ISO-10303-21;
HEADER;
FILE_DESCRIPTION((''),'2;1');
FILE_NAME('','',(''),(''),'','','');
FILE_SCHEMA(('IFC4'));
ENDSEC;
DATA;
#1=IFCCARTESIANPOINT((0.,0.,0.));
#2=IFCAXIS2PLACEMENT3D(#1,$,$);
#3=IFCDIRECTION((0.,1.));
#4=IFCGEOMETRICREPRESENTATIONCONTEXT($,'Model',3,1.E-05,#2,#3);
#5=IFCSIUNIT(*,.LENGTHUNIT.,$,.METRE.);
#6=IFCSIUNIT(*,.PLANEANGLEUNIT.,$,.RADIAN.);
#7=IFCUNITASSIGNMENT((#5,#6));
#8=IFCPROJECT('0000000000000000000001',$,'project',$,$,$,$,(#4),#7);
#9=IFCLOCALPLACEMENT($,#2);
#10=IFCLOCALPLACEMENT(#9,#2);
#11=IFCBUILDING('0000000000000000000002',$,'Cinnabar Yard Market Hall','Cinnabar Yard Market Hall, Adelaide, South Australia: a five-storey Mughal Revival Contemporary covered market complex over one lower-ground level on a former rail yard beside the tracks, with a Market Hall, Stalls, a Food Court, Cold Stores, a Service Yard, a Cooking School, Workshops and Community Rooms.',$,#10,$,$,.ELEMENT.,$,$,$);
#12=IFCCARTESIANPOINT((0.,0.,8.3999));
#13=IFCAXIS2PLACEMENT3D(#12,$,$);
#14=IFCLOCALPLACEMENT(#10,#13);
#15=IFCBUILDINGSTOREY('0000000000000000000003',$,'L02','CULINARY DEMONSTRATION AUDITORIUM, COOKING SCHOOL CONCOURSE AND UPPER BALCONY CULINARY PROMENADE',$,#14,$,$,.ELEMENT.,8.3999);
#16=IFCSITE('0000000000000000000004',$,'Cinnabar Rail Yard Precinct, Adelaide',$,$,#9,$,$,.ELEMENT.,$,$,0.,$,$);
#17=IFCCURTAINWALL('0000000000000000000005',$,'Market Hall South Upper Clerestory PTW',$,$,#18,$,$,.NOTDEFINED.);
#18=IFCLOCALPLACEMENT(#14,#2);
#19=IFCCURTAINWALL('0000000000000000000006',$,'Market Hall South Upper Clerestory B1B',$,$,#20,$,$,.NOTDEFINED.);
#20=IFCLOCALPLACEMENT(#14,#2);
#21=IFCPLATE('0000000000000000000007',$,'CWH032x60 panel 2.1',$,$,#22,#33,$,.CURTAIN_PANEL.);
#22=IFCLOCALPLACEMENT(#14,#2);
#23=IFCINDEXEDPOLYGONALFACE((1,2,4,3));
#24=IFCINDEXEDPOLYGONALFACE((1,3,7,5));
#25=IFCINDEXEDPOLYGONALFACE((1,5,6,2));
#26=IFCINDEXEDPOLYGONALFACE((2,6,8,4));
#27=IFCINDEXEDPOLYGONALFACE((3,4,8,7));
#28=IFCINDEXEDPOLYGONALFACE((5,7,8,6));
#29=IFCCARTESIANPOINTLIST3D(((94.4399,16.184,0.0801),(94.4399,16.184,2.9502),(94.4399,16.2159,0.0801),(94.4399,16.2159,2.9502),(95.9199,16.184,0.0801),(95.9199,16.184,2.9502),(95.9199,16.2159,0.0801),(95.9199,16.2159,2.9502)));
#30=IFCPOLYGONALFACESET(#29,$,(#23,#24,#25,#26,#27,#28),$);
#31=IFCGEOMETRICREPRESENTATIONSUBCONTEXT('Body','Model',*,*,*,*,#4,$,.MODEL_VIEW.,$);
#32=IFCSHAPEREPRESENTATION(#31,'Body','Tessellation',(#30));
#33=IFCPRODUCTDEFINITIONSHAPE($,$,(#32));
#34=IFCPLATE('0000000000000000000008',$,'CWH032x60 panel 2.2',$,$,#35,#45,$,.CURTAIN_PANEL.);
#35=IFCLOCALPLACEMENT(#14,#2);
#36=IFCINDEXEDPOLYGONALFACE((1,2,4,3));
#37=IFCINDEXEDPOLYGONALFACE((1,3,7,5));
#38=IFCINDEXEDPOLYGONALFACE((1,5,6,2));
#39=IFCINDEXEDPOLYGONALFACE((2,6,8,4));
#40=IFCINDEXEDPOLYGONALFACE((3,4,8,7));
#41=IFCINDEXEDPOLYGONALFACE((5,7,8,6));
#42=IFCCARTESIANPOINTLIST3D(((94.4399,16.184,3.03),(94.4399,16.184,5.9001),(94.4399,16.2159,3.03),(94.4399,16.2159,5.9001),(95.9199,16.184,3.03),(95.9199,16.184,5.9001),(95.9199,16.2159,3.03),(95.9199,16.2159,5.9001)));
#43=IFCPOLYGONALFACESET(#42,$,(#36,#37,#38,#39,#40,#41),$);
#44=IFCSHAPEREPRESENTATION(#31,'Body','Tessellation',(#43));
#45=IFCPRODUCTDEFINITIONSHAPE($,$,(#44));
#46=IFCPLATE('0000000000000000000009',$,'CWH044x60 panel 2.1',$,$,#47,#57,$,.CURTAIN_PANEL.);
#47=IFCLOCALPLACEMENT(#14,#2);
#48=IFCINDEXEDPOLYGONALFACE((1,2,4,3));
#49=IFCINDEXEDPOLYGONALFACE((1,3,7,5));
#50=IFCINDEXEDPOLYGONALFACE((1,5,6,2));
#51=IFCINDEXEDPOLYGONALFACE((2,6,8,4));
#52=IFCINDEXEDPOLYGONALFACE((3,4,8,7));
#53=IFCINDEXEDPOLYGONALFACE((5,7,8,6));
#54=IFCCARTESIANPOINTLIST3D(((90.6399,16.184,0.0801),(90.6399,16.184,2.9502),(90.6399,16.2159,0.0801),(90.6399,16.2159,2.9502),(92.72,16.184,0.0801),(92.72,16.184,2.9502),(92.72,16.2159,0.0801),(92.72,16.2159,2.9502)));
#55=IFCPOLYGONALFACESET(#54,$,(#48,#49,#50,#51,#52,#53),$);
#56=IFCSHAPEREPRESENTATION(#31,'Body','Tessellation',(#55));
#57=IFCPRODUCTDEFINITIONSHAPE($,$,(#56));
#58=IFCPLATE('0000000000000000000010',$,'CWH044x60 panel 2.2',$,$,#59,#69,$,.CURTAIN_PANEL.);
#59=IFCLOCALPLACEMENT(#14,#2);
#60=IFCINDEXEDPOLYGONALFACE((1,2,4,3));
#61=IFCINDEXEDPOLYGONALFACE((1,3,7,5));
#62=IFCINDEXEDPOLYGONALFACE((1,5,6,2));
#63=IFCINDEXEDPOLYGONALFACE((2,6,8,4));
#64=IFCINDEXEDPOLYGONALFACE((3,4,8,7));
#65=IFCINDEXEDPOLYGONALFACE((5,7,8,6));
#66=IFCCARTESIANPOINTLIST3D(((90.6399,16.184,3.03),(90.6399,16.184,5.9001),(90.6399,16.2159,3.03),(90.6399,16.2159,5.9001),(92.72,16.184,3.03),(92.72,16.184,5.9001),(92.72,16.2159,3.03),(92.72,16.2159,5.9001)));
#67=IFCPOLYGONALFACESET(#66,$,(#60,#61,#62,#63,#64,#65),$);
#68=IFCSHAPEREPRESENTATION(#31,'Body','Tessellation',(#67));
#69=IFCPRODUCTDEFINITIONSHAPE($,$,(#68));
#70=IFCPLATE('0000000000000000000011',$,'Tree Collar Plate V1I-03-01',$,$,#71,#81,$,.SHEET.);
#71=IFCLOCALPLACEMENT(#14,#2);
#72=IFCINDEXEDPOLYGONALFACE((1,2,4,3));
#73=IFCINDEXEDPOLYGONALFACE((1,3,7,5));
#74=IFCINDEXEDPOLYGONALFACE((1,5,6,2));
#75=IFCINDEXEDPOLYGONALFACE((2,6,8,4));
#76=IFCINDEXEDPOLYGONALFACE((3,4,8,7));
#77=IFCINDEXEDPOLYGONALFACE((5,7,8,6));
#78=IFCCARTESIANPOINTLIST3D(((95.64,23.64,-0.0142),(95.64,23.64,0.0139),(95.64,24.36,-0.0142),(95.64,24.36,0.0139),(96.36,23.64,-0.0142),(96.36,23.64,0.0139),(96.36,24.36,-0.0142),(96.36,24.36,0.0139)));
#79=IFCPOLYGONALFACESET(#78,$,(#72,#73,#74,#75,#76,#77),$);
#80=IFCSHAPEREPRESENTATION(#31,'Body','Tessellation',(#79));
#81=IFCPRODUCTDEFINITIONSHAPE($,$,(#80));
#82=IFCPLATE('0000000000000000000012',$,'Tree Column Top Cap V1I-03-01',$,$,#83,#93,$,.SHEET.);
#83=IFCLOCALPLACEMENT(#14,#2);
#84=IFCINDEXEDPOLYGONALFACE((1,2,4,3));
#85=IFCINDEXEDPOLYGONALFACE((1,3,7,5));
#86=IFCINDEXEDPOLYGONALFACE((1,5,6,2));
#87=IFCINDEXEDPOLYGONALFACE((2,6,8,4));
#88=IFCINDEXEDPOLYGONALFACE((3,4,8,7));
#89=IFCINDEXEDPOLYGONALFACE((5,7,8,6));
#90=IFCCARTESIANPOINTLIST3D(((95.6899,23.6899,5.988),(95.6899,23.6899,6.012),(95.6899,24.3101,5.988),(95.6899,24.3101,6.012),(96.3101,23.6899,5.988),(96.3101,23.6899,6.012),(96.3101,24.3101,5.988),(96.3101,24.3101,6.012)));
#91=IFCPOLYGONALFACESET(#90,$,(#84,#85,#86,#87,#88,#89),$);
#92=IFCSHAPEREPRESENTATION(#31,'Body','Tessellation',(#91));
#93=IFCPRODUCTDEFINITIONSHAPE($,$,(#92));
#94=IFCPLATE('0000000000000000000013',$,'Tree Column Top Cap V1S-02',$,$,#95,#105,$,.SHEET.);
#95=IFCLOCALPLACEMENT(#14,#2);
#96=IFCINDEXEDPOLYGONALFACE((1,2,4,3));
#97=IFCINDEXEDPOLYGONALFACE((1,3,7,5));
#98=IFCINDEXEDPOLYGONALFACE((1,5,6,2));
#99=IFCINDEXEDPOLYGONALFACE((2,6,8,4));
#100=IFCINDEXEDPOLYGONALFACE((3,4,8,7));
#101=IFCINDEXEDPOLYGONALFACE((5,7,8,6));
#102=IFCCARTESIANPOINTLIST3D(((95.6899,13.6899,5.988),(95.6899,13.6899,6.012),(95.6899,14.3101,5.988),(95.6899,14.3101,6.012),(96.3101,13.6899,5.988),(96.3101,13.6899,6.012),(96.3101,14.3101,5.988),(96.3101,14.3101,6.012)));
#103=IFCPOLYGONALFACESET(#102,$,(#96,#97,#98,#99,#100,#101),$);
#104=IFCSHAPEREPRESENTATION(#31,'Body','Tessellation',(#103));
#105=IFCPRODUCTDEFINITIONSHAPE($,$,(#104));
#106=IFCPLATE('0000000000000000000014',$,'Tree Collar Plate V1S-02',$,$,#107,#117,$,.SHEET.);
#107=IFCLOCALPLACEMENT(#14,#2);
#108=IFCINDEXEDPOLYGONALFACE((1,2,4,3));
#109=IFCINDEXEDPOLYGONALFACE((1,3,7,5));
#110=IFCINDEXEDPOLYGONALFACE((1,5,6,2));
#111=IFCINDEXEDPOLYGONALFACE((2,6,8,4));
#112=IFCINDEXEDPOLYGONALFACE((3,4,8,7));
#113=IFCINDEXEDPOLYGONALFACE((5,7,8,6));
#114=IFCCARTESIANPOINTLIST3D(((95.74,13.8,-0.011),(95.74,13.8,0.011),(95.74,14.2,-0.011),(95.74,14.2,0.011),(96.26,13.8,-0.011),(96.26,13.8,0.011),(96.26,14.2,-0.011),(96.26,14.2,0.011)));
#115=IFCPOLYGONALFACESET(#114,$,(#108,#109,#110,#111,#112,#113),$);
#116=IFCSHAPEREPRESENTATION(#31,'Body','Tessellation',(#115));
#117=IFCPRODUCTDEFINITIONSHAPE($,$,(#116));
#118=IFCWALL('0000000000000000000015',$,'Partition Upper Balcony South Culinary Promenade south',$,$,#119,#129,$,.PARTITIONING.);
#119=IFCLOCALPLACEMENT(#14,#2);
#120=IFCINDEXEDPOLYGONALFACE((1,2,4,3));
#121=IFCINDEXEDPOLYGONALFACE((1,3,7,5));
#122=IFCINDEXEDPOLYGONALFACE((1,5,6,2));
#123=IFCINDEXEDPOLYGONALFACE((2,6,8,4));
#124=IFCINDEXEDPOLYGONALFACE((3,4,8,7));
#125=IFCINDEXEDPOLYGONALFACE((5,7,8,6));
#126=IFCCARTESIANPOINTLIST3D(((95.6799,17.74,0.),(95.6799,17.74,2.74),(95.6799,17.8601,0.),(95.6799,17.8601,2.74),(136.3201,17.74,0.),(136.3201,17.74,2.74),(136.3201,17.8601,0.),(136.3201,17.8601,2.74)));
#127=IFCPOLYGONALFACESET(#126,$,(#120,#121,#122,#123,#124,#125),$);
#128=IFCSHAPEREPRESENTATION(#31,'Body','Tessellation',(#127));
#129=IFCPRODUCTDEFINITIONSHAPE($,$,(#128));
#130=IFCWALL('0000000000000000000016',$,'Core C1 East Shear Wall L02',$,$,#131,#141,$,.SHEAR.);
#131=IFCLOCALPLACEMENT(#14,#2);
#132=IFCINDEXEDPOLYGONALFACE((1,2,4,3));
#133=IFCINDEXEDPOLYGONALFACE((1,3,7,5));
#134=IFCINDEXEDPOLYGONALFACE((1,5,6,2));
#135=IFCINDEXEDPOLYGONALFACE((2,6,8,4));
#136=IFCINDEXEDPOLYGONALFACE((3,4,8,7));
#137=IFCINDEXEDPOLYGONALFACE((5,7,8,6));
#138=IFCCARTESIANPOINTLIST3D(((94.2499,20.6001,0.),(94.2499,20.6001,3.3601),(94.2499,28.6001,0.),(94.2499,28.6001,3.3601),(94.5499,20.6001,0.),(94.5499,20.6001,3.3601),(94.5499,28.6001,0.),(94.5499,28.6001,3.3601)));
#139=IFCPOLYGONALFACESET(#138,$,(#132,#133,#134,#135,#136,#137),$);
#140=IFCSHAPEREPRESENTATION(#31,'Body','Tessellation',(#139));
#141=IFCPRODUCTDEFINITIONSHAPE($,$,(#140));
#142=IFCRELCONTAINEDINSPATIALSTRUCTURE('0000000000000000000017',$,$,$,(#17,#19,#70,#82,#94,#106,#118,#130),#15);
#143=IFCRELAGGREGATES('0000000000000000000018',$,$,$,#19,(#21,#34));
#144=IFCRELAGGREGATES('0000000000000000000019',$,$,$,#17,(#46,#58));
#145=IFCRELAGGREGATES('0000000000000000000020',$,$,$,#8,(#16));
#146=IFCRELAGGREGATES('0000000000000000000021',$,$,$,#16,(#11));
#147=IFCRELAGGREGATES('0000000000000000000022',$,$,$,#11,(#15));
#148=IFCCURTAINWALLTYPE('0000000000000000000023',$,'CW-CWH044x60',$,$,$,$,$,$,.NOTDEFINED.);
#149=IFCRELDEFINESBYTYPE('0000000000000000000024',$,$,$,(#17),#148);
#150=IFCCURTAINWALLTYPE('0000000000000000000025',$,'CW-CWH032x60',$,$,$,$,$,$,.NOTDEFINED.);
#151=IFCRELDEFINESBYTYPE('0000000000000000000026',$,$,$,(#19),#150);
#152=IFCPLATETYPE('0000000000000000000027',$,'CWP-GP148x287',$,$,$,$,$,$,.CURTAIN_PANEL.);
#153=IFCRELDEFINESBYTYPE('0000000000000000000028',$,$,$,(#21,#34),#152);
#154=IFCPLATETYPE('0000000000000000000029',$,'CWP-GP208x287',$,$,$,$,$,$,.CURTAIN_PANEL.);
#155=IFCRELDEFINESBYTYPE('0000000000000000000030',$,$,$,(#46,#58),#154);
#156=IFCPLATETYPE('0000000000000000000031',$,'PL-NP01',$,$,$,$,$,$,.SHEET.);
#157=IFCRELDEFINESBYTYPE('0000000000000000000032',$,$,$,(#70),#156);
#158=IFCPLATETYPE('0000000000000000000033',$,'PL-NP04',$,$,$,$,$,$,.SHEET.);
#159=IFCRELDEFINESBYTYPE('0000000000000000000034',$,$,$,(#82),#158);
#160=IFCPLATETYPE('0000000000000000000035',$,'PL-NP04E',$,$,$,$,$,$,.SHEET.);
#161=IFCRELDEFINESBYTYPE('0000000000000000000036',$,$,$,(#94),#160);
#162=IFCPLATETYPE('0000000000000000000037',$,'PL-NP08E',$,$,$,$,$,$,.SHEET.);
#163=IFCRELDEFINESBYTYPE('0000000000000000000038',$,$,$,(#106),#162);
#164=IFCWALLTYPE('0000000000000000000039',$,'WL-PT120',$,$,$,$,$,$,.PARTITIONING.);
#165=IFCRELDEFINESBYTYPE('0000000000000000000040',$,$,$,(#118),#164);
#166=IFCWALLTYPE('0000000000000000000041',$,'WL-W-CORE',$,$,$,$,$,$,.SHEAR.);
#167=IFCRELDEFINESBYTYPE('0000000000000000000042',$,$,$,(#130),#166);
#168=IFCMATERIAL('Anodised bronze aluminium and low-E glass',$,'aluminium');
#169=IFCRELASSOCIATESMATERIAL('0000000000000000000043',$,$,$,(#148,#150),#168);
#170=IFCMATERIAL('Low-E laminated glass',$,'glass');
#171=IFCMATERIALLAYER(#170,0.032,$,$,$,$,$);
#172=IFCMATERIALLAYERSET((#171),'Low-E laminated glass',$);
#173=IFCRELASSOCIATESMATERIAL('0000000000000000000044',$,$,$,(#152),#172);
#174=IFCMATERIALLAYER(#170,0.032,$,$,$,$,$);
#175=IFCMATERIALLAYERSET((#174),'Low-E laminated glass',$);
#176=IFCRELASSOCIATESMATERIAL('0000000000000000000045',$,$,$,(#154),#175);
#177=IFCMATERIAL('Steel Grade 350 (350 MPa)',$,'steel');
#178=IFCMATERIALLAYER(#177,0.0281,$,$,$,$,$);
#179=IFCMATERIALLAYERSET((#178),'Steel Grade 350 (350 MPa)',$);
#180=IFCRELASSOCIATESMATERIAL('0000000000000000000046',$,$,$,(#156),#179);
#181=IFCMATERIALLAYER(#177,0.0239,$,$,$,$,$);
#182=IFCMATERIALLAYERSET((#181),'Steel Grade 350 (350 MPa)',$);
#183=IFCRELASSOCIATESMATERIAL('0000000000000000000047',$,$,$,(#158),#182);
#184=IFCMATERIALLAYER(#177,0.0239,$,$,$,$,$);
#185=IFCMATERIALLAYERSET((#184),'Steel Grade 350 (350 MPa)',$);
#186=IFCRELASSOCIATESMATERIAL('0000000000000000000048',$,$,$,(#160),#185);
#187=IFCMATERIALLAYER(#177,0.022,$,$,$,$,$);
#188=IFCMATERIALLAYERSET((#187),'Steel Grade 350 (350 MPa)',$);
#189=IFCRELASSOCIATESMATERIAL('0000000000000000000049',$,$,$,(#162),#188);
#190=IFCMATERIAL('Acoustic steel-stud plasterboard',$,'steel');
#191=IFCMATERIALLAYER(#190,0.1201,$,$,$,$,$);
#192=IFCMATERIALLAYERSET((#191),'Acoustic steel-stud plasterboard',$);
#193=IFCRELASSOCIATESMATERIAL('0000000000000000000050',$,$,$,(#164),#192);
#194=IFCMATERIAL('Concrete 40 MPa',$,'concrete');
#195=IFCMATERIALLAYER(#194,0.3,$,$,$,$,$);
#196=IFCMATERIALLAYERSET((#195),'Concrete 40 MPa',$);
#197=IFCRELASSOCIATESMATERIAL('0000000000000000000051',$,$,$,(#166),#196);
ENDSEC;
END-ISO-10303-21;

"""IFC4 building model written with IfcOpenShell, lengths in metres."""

from ifc_helpers import new_model, si_unit, direction, frame, frame_2d, origin, origin_2d_with_axis, place, context, subcontext, project, spatial, rectangle, extrude, material, layer, layer_set, type_object, element, aggregate, save


model = new_model("IFC4")

# Units and contexts
model_context = context("Model", 3, precision=1e-05, world=origin(), true_north=direction((0.0, 1.0)))
body_context = subcontext(model_context, "Body", "Model", "MODEL_VIEW")
ifc_project = project(units=[si_unit("LENGTHUNIT", "METRE"), si_unit("PLANEANGLEUNIT", "RADIAN")], contexts=[model_context])

# Site, building, storey
site_placement = place(None, origin())
site = spatial("IfcSite", under=ifc_project, at=site_placement, Name="Cinnabar Rail Yard Precinct, Adelaide", CompositionType="ELEMENT", RefElevation=0.0)
building_placement = place(site_placement, origin())
building = spatial("IfcBuilding", under=site, at=building_placement, Name="Cinnabar Yard Market Hall", Description="Cinnabar Yard Market Hall, Adelaide, South Australia: a five-storey Mughal Revival Contemporary covered market complex over one lower-ground level on a former rail yard beside the tracks, with a Market Hall, Stalls, a Food Court, Cold Stores, a Service Yard, a Cooking School, Workshops and Community Rooms.", CompositionType="ELEMENT")
storey_placement = place(building_placement, frame((0.0, 0.0, 8.3999)))
storey = spatial("IfcBuildingStorey", under=building, at=storey_placement, Name="L02", Description="CULINARY DEMONSTRATION AUDITORIUM, COOKING SCHOOL CONCOURSE AND UPPER BALCONY CULINARY PROMENADE", CompositionType="ELEMENT", Elevation=8.3999)

# Curtain wall
ifc_material_1 = material(Name="Anodised bronze aluminium and low-E glass", Category="aluminium")
curtain_wall_type_1 = type_object("IfcCurtainWallType", Name="CW-CWH044x60", PredefinedType="NOTDEFINED", material=ifc_material_1)
curtain_wall_1_placement = place(storey_placement, origin())
curtain_wall_1 = element("IfcCurtainWall", 1, at=curtain_wall_1_placement, inside=storey, type_object=curtain_wall_type_1, Name="Market Hall South Upper Clerestory PTW", PredefinedType="NOTDEFINED")

# Curtain wall
curtain_wall_type_2 = type_object("IfcCurtainWallType", Name="CW-CWH032x60", PredefinedType="NOTDEFINED", material=ifc_material_1)
curtain_wall_2_placement = place(storey_placement, origin())
curtain_wall_2 = element("IfcCurtainWall", 2, at=curtain_wall_2_placement, inside=storey, type_object=curtain_wall_type_2, Name="Market Hall South Upper Clerestory B1B", PredefinedType="NOTDEFINED")

# Plates
ifc_material_2 = material(Name="Low-E laminated glass", Category="glass")
ifc_layer_1 = layer(ifc_material_2, 0.032)
ifc_layer_set_1 = layer_set([ifc_layer_1], Name="Low-E laminated glass")
plate_type_1 = type_object("IfcPlateType", Name="CWP-GP148x287", PredefinedType="CURTAIN_PANEL", material=ifc_layer_set_1)
plate_1_placement = place(storey_placement, frame((95.1799, 16.2, 0.0801), z_axis=(0.0, 0.0, 1.0), x_axis=(1.0, 0.0, 0.0)))
plate_1 = element("IfcPlate", 3, at=plate_1_placement, type_object=plate_type_1, Name="CWH032x60 panel 2.1", PredefinedType="CURTAIN_PANEL", context=body_context, shape_type="SweptSolid", body=[
    extrude(rectangle(XDim=1.48, YDim=0.032, at=origin_2d_with_axis()), origin(), (0.0, 0.0, 1.0), 2.8701),
])
plate_2_placement = place(storey_placement, frame((95.1799, 16.2, 3.03), z_axis=(0.0, 0.0, 1.0), x_axis=(1.0, 0.0, 0.0)))
plate_2 = element("IfcPlate", 4, at=plate_2_placement, type_object=plate_type_1, Name="CWH032x60 panel 2.2", PredefinedType="CURTAIN_PANEL", context=body_context, shape_type="SweptSolid", body=[
    extrude(rectangle(XDim=1.48, YDim=0.032, at=origin_2d_with_axis()), origin(), (0.0, 0.0, 1.0), 2.8701),
])
aggregate(curtain_wall_2, [plate_1, plate_2])
ifc_layer_2 = layer(ifc_material_2, 0.032)
ifc_layer_set_2 = layer_set([ifc_layer_2], Name="Low-E laminated glass")
plate_type_2 = type_object("IfcPlateType", Name="CWP-GP208x287", PredefinedType="CURTAIN_PANEL", material=ifc_layer_set_2)
plate_3_placement = place(storey_placement, frame((91.6799, 16.2, 0.0801), z_axis=(0.0, 0.0, 1.0), x_axis=(1.0, 0.0, 0.0)))
plate_3 = element("IfcPlate", 5, at=plate_3_placement, type_object=plate_type_2, Name="CWH044x60 panel 2.1", PredefinedType="CURTAIN_PANEL", context=body_context, shape_type="SweptSolid", body=[
    extrude(rectangle(XDim=2.0801, YDim=0.032, at=origin_2d_with_axis()), origin(), (0.0, 0.0, 1.0), 2.8701),
])
plate_4_placement = place(storey_placement, frame((91.6799, 16.2, 3.03), z_axis=(0.0, 0.0, 1.0), x_axis=(1.0, 0.0, 0.0)))
plate_4 = element("IfcPlate", 6, at=plate_4_placement, type_object=plate_type_2, Name="CWH044x60 panel 2.2", PredefinedType="CURTAIN_PANEL", context=body_context, shape_type="SweptSolid", body=[
    extrude(rectangle(XDim=2.0801, YDim=0.032, at=origin_2d_with_axis()), origin(), (0.0, 0.0, 1.0), 2.8701),
])
aggregate(curtain_wall_1, [plate_3, plate_4])

# Plates
ifc_material_3 = material(Name="Steel Grade 350 (350 MPa)", Category="steel")
ifc_layer_3 = layer(ifc_material_3, 0.0281)
ifc_layer_set_3 = layer_set([ifc_layer_3], Name="Steel Grade 350 (350 MPa)")
plate_type_3 = type_object("IfcPlateType", Name="PL-NP01", PredefinedType="SHEET", material=ifc_layer_set_3)
plate_5_placement = place(storey_placement, frame((96.0, 24.0, -0.0142), z_axis=(0.0, 0.0, 1.0), x_axis=(1.0, 0.0, 0.0)))
element("IfcPlate", 7, at=plate_5_placement, inside=storey, type_object=plate_type_3, Name="Tree Collar Plate V1I-03-01", PredefinedType="SHEET", context=body_context, shape_type="SweptSolid", body=[
    extrude(rectangle(XDim=0.72, YDim=0.72, at=origin_2d_with_axis()), origin(), (0.0, 0.0, 1.0), 0.0281),
])
ifc_layer_4 = layer(ifc_material_3, 0.0239)
ifc_layer_set_4 = layer_set([ifc_layer_4], Name="Steel Grade 350 (350 MPa)")
plate_type_4 = type_object("IfcPlateType", Name="PL-NP04", PredefinedType="SHEET", material=ifc_layer_set_4)
plate_6_placement = place(storey_placement, frame((96.0, 24.0, 5.988), z_axis=(0.0, 0.0, 1.0), x_axis=(1.0, 0.0, 0.0)))
element("IfcPlate", 8, at=plate_6_placement, inside=storey, type_object=plate_type_4, Name="Tree Column Top Cap V1I-03-01", PredefinedType="SHEET", context=body_context, shape_type="SweptSolid", body=[
    extrude(rectangle(XDim=0.6201, YDim=0.6201, at=origin_2d_with_axis()), origin(), (0.0, 0.0, 1.0), 0.0239),
])
ifc_layer_5 = layer(ifc_material_3, 0.0239)
ifc_layer_set_5 = layer_set([ifc_layer_5], Name="Steel Grade 350 (350 MPa)")
plate_type_5 = type_object("IfcPlateType", Name="PL-NP04E", PredefinedType="SHEET", material=ifc_layer_set_5)
plate_7_placement = place(storey_placement, frame((96.0, 14.0, 5.988), z_axis=(0.0, 0.0, 1.0), x_axis=(1.0, 0.0, 0.0)))
element("IfcPlate", 9, at=plate_7_placement, inside=storey, type_object=plate_type_5, Name="Tree Column Top Cap V1S-02", PredefinedType="SHEET", context=body_context, shape_type="SweptSolid", body=[
    extrude(rectangle(XDim=0.6201, YDim=0.6201, at=origin_2d_with_axis()), origin(), (0.0, 0.0, 1.0), 0.0239),
])
ifc_layer_6 = layer(ifc_material_3, 0.022)
ifc_layer_set_6 = layer_set([ifc_layer_6], Name="Steel Grade 350 (350 MPa)")
plate_type_6 = type_object("IfcPlateType", Name="PL-NP08E", PredefinedType="SHEET", material=ifc_layer_set_6)
plate_8_placement = place(storey_placement, frame((96.0, 14.0, -0.011), z_axis=(0.0, 0.0, 1.0), x_axis=(1.0, 0.0, 0.0)))
element("IfcPlate", 10, at=plate_8_placement, inside=storey, type_object=plate_type_6, Name="Tree Collar Plate V1S-02", PredefinedType="SHEET", context=body_context, shape_type="SweptSolid", body=[
    extrude(rectangle(XDim=0.52, YDim=0.3999, at=origin_2d_with_axis()), origin(), (0.0, 0.0, 1.0), 0.022),
])

# Walls
ifc_material_4 = material(Name="Acoustic steel-stud plasterboard", Category="steel")
ifc_layer_7 = layer(ifc_material_4, 0.1201)
ifc_layer_set_7 = layer_set([ifc_layer_7], Name="Acoustic steel-stud plasterboard")
wall_type_1 = type_object("IfcWallType", Name="WL-PT120", PredefinedType="PARTITIONING", material=ifc_layer_set_7)
wall_1_placement = place(storey_placement, frame((95.6799, 17.8, 0.0), z_axis=(0.0, 0.0, 1.0), x_axis=(1.0, 0.0, 0.0)))
element("IfcWall", 11, at=wall_1_placement, inside=storey, type_object=wall_type_1, Name="Partition Upper Balcony South Culinary Promenade south", PredefinedType="PARTITIONING", context=body_context, shape_type="SweptSolid", body=[
    extrude(rectangle(XDim=40.6401, YDim=0.1201, at=frame_2d((20.3201, 0.0), x_axis=(1.0, 0.0))), origin(), (0.0, 0.0, 1.0), 2.74),
])
ifc_material_5 = material(Name="Concrete 40 MPa", Category="concrete")
ifc_layer_8 = layer(ifc_material_5, 0.3)
ifc_layer_set_8 = layer_set([ifc_layer_8], Name="Concrete 40 MPa")
wall_type_2 = type_object("IfcWallType", Name="WL-W-CORE", PredefinedType="SHEAR", material=ifc_layer_set_8)
wall_2_placement = place(storey_placement, frame((94.3999, 20.6001, 0.0), z_axis=(0.0, 0.0, 1.0), x_axis=(0.0, 1.0, 0.0)))
element("IfcWall", 12, at=wall_2_placement, inside=storey, type_object=wall_type_2, Name="Core C1 East Shear Wall L02", PredefinedType="SHEAR", context=body_context, shape_type="SweptSolid", body=[
    extrude(rectangle(XDim=8.0, YDim=0.3, at=frame_2d((4.0, 0.0), x_axis=(1.0, 0.0))), origin(), (0.0, 0.0, 1.0), 3.3601),
])

save(model, "model.ifc")
